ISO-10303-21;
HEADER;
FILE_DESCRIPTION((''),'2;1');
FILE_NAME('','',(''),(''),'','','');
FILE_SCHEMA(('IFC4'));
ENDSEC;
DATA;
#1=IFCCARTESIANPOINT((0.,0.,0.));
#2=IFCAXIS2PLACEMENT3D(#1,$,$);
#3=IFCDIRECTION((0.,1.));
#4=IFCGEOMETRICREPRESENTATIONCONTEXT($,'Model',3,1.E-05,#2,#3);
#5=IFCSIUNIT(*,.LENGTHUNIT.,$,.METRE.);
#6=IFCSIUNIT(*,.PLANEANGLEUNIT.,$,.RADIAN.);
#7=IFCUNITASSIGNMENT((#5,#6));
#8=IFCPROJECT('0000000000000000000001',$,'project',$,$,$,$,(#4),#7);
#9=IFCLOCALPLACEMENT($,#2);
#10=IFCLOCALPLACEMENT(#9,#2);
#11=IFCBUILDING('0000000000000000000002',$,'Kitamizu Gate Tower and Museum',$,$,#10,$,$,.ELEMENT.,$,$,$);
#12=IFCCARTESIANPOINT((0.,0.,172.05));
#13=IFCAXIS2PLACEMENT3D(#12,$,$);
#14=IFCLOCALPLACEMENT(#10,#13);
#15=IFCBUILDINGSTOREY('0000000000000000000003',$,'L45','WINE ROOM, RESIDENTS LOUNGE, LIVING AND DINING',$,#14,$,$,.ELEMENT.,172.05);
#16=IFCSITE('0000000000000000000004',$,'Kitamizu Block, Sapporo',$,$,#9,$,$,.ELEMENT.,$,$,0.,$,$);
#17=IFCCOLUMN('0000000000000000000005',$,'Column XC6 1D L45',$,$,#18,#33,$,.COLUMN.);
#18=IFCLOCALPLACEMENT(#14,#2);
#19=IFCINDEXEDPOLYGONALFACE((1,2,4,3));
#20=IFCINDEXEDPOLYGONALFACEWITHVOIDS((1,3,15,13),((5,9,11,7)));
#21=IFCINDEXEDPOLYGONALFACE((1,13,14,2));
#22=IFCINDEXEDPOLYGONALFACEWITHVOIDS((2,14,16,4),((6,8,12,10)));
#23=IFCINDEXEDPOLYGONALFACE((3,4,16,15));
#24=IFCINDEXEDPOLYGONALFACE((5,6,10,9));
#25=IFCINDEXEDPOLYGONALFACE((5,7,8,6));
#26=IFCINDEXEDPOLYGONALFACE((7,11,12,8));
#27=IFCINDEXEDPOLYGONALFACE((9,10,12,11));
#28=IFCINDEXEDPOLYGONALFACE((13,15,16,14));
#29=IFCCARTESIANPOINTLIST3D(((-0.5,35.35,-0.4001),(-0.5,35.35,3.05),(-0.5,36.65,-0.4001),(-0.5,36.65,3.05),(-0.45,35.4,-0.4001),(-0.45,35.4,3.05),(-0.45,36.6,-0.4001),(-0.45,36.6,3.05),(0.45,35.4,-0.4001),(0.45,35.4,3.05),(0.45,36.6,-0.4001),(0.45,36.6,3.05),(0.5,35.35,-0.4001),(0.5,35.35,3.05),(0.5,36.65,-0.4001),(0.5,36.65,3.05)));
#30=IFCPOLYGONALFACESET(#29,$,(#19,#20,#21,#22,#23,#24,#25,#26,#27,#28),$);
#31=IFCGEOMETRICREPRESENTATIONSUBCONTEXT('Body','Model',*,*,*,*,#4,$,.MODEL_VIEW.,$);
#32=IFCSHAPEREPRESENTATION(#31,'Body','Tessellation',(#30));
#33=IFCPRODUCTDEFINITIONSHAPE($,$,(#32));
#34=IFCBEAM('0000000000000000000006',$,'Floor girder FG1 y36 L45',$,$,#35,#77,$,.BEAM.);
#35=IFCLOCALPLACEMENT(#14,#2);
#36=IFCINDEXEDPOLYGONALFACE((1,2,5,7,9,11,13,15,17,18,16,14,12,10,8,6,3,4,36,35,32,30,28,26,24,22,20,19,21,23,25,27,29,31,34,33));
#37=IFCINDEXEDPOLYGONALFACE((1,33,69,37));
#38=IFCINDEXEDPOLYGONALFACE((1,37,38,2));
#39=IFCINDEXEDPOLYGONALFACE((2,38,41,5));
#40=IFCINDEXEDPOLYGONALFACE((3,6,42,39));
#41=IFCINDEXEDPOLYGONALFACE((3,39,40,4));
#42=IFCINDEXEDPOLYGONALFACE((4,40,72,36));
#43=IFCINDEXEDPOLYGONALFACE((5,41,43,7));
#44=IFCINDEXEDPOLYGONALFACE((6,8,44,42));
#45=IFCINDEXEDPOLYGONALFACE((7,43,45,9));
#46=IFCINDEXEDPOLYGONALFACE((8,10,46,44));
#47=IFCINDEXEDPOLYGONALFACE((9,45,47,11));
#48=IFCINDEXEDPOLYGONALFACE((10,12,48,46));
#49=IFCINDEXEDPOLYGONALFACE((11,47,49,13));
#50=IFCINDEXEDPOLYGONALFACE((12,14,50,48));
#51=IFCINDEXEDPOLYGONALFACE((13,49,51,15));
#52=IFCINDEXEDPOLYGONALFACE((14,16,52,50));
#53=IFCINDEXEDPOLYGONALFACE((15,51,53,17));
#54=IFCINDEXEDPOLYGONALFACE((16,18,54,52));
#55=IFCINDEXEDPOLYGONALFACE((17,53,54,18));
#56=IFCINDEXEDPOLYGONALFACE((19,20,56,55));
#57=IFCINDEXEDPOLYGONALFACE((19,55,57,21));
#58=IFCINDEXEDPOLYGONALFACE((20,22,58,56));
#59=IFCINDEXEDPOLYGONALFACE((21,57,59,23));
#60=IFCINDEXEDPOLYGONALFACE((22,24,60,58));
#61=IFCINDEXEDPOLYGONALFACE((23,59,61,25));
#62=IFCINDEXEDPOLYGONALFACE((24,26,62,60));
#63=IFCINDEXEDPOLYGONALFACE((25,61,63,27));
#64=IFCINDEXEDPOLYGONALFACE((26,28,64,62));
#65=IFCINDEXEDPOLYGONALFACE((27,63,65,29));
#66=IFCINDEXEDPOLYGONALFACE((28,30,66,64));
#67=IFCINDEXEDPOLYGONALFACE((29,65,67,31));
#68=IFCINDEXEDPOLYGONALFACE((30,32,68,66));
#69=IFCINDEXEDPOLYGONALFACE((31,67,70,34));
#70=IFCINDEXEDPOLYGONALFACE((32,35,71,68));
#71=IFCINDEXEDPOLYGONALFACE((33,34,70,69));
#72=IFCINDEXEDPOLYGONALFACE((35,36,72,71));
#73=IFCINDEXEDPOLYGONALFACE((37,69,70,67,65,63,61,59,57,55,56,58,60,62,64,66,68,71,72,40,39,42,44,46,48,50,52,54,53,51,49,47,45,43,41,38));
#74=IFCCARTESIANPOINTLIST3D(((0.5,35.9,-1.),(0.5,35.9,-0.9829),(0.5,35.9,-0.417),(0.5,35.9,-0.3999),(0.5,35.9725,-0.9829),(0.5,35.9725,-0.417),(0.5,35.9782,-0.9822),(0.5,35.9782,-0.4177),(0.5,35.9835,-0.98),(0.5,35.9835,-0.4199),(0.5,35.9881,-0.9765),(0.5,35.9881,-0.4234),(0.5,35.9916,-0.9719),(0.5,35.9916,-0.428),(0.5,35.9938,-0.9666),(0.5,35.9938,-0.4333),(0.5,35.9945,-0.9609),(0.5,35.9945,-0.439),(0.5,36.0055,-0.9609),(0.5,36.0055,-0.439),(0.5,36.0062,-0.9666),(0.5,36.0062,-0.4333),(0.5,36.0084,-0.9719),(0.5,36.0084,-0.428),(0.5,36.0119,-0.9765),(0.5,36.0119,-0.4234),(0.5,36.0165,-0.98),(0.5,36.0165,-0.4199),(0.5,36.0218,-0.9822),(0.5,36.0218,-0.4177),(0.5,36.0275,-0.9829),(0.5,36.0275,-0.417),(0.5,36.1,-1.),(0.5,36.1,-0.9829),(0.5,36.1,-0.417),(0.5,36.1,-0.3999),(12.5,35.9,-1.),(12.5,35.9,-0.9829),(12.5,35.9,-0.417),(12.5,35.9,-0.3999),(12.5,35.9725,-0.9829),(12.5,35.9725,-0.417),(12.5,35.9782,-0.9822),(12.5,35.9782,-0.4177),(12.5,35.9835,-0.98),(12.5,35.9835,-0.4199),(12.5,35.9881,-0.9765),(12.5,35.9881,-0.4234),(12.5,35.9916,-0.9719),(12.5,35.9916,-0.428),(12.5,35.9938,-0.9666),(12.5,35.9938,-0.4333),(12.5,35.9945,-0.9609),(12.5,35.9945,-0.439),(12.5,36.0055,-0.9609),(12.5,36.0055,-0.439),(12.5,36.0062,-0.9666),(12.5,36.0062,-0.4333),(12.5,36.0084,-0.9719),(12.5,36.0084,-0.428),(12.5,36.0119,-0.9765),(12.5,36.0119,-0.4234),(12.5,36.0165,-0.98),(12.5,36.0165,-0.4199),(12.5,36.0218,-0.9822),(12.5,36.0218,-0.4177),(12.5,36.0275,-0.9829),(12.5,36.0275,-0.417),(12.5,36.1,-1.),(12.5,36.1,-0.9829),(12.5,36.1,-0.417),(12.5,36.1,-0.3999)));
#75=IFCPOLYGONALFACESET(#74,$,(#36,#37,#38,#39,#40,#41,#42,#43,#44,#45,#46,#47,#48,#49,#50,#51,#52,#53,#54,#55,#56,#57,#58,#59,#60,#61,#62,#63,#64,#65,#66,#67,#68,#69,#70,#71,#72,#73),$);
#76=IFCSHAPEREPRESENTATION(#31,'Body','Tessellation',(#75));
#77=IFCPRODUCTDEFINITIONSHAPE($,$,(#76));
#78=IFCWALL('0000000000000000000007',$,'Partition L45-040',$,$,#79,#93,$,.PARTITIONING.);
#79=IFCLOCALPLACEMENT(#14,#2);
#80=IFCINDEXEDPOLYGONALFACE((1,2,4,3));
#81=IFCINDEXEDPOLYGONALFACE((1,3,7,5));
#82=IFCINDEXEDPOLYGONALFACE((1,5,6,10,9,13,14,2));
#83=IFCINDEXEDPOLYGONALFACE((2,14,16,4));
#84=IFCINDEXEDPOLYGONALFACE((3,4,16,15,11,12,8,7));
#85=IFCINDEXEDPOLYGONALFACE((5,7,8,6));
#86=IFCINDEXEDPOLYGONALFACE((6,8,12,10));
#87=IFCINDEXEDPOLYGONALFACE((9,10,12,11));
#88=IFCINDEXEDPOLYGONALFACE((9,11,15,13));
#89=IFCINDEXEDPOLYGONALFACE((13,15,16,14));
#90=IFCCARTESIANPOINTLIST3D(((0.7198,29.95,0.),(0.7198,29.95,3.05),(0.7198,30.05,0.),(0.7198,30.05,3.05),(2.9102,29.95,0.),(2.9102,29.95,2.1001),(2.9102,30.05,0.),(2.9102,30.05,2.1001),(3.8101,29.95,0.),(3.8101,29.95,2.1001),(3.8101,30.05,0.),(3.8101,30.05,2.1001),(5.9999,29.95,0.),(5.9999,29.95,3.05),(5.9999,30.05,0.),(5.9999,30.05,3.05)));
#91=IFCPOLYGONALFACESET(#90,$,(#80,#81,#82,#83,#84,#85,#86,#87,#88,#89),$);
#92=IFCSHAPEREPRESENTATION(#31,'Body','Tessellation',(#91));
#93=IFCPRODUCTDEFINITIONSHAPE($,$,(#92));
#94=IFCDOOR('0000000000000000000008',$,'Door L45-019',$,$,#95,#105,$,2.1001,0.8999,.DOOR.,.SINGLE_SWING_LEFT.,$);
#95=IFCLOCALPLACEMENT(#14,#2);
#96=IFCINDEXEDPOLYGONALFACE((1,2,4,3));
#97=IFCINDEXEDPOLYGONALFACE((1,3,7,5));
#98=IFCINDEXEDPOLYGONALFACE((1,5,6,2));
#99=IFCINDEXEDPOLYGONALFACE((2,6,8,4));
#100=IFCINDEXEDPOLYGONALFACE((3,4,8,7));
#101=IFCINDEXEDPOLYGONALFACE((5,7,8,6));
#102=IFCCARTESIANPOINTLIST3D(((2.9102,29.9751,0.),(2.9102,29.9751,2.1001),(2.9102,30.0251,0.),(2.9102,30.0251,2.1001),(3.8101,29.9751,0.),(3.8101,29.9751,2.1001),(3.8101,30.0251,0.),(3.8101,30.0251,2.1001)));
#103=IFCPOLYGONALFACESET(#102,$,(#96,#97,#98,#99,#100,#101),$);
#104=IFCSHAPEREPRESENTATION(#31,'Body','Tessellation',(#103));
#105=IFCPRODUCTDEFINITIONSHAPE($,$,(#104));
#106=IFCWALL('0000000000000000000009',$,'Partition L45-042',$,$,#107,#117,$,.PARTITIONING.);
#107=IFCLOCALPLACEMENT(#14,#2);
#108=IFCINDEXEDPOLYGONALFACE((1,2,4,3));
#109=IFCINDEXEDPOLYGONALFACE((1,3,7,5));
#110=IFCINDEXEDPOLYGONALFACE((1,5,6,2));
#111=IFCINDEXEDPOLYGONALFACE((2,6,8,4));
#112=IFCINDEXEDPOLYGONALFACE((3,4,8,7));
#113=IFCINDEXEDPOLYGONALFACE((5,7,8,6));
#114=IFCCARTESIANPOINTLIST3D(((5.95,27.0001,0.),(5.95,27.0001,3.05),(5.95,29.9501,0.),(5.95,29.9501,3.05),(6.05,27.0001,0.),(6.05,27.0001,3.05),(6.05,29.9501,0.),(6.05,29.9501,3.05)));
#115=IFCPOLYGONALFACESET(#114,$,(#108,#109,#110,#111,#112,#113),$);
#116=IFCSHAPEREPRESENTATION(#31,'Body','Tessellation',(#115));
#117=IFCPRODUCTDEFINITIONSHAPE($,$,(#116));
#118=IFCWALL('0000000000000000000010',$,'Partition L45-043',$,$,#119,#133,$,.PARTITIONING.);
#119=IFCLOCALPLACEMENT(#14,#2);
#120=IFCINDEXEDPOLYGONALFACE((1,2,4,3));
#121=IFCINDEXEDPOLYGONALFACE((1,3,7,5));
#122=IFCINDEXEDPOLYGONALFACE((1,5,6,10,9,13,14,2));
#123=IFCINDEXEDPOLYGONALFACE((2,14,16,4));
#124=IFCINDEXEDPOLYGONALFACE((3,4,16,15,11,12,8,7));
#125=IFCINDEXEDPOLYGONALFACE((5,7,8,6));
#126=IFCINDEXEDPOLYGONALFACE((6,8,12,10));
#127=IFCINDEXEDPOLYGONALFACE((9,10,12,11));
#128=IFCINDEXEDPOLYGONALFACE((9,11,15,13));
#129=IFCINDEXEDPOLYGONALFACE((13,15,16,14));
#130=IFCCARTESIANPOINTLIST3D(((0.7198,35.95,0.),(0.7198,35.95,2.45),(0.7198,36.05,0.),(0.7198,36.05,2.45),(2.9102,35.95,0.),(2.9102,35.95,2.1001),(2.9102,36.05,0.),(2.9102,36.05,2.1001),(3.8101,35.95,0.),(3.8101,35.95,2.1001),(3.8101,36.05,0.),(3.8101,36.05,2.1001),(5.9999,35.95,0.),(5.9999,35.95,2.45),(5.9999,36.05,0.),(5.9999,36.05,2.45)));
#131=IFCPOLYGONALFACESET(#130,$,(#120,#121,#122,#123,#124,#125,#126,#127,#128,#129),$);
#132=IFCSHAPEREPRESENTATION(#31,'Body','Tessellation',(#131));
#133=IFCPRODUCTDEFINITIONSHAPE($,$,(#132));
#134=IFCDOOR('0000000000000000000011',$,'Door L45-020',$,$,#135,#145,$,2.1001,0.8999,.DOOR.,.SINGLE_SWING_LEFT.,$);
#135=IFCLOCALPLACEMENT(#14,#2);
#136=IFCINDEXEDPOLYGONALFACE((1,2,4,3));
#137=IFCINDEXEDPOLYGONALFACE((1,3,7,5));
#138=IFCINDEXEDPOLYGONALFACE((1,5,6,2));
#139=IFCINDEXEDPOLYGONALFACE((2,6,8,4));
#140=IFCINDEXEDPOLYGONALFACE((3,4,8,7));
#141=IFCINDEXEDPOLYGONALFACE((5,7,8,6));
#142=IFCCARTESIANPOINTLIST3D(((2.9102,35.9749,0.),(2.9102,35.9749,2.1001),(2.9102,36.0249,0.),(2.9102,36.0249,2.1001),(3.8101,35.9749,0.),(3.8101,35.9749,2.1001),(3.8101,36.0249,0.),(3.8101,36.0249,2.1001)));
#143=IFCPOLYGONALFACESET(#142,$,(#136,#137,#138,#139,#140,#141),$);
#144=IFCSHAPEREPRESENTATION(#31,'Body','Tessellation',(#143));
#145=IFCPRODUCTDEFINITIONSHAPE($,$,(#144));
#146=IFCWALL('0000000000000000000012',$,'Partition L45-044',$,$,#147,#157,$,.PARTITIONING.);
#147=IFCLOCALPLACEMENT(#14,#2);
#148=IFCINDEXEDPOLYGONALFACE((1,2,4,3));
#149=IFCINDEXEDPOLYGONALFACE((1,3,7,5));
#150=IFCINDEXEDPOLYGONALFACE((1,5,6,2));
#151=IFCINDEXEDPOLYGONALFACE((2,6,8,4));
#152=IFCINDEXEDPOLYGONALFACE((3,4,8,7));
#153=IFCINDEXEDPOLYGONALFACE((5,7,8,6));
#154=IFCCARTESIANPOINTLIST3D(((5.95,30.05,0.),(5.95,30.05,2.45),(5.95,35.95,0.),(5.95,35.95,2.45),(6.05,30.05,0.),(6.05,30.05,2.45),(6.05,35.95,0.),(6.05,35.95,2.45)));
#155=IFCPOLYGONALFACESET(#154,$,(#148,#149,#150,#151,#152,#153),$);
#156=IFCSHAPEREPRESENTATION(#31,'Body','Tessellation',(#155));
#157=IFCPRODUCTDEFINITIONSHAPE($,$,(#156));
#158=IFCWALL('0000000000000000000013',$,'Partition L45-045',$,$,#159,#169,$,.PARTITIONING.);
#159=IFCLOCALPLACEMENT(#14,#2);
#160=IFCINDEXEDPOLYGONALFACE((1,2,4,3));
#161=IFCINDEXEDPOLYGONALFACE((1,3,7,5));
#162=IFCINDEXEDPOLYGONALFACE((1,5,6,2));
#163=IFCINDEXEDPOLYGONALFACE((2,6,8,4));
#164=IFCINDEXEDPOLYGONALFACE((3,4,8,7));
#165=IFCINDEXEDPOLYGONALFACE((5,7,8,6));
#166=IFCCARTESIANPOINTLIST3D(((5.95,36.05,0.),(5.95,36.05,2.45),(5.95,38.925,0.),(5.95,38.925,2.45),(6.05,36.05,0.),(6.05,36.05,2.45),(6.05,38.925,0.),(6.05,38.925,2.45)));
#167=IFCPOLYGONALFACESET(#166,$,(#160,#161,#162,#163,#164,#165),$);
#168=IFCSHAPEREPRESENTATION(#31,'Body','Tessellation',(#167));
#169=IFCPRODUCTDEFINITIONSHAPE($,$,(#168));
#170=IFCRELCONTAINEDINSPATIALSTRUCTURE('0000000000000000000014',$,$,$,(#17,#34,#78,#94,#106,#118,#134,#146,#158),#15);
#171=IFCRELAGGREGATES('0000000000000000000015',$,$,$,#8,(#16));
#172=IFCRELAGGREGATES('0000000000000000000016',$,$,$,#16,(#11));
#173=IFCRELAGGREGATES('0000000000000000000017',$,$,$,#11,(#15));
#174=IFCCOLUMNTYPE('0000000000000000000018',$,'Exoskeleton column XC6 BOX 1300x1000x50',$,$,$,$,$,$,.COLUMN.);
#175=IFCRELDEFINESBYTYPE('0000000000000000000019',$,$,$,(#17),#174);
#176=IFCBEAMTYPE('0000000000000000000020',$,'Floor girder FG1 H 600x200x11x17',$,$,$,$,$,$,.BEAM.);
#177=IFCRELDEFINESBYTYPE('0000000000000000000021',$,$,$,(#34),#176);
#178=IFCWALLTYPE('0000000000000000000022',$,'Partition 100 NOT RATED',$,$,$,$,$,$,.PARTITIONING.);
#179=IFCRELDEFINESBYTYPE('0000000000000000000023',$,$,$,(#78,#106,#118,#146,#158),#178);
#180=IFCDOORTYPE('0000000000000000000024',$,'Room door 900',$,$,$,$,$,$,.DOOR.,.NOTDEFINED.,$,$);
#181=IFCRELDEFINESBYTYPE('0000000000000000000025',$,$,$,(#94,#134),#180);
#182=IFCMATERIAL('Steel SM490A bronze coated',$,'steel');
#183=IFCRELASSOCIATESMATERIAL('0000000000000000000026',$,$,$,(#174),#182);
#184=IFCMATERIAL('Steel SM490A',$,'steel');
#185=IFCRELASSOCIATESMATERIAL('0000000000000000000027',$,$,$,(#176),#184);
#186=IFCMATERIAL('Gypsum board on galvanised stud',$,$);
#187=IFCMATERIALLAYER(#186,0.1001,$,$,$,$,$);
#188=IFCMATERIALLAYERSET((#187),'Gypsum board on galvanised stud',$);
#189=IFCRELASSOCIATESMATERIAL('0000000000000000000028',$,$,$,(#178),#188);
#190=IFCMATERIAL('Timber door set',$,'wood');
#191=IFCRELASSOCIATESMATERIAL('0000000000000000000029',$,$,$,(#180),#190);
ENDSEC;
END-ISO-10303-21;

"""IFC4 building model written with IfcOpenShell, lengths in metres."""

from ifc_helpers import new_model, si_unit, direction, frame, frame_2d, origin, origin_2d, place, context, subcontext, project, spatial, rectangle, hollow_rectangle, i_section, extrude, material, layer, layer_set, material_profile, profile_set, type_object, element, fill, save


model = new_model("IFC4")

# Units and contexts
model_context = context("Model", 3, precision=1e-05, world=origin(), true_north=direction((0.0, 1.0)))
body_context = subcontext(model_context, "Body", "Model", "MODEL_VIEW")
ifc_project = project(units=[si_unit("LENGTHUNIT", "METRE"), si_unit("PLANEANGLEUNIT", "RADIAN")], contexts=[model_context])

# Site, building, storey
site_placement = place(None, origin())
site = spatial("IfcSite", under=ifc_project, at=site_placement, Name="Kitamizu Block, Sapporo", CompositionType="ELEMENT", RefElevation=0.0)
building_placement = place(site_placement, origin())
building = spatial("IfcBuilding", under=site, at=building_placement, Name="Kitamizu Gate Tower and Museum", CompositionType="ELEMENT")
storey_placement = place(building_placement, frame((0.0, 0.0, 172.05)))
storey = spatial("IfcBuildingStorey", under=building, at=storey_placement, Name="L45", Description="WINE ROOM, RESIDENTS LOUNGE, LIVING AND DINING", CompositionType="ELEMENT", Elevation=172.05)

# Column
ifc_material_1 = material(Name="Steel SM490A bronze coated", Category="steel")
ifc_material_profile_1 = material_profile(ifc_material_1, hollow_rectangle(XDim=1.3, YDim=1.0, WallThickness=0.05, at=origin_2d()), Name="BOX 1300x1000x50")
ifc_profile_set_1 = profile_set([ifc_material_profile_1], Name="Steel SM490A bronze coated")
column_type = type_object("IfcColumnType", Name="Exoskeleton column XC6 BOX 1300x1000x50", PredefinedType="COLUMN", material=ifc_profile_set_1)
column_placement = place(storey_placement, frame((0.0, 36.0, -0.4001), z_axis=(0.0, 0.0, 1.0), x_axis=(0.0, 1.0, 0.0)))
element("IfcColumn", 1, at=column_placement, inside=storey, type_object=column_type, Name="Column XC6 1D L45", PredefinedType="COLUMN", context=body_context, shape_type="SweptSolid", body=[
    extrude(hollow_rectangle(XDim=1.3, YDim=1.0, WallThickness=0.05, at=origin_2d()), origin(), (0.0, 0.0, 1.0), 3.4502),
])

# Beam
ifc_material_2 = material(Name="Steel SM490A", Category="steel")
ifc_material_profile_2 = material_profile(ifc_material_2, i_section(OverallWidth=0.2, OverallDepth=0.6001, WebThickness=0.011, FlangeThickness=0.0171, FilletRadius=0.022, at=origin_2d()), Name="H-600x200x11x17")
ifc_profile_set_2 = profile_set([ifc_material_profile_2], Name="Steel SM490A")
beam_type = type_object("IfcBeamType", Name="Floor girder FG1 H 600x200x11x17", PredefinedType="BEAM", material=ifc_profile_set_2)
beam_placement = place(storey_placement, frame((0.5, 36.0, -0.7), z_axis=(1.0, 0.0, 0.0), x_axis=(0.0, 1.0, 0.0)))
element("IfcBeam", 2, at=beam_placement, inside=storey, type_object=beam_type, Name="Floor girder FG1 y36 L45", PredefinedType="BEAM", context=body_context, shape_type="SweptSolid", body=[
    extrude(i_section(OverallWidth=0.2, OverallDepth=0.6001, WebThickness=0.011, FlangeThickness=0.0171, FilletRadius=0.022, at=origin_2d()), origin(), (0.0, 0.0, 1.0), 12.0),
])

# Wall, opening, door
ifc_material_3 = material(Name="Gypsum board on galvanised stud")
ifc_layer_1 = layer(ifc_material_3, 0.1001)
ifc_layer_set_1 = layer_set([ifc_layer_1], Name="Gypsum board on galvanised stud")
wall_type_1 = type_object("IfcWallType", Name="Partition 100 NOT RATED", PredefinedType="PARTITIONING", material=ifc_layer_set_1)
wall_1_placement = place(storey_placement, frame((6.0, 30.0, 0.0), z_axis=(0.0, 0.0, 1.0), x_axis=(-1.0, 0.0, 0.0)))
wall_1 = element("IfcWall", 3, at=wall_1_placement, inside=storey, type_object=wall_type_1, Name="Partition L45-040", PredefinedType="PARTITIONING", context=body_context, shape_type="SweptSolid", body=[
    extrude(rectangle(XDim=5.28, YDim=0.1001, at=frame_2d((2.6401, 0.0))), origin(), (0.0, 0.0, 1.0), 3.05),
])
opening_1_placement = place(wall_1_placement, frame((2.1899, 0.0, 0.0)))
opening_1 = element("IfcOpeningElement", 4, at=opening_1_placement, cuts=wall_1, PredefinedType="OPENING", context=body_context, shape_type="SweptSolid", body=[
    extrude(rectangle(XDim=0.8999, YDim=2.1001, at=frame_2d((0.45, 1.05))), frame((0.0, 0.0601, 0.0), z_axis=(0.0, -1.0, 0.0), x_axis=(1.0, 0.0, 0.0)), (0.0, 0.0, 1.0), 0.1201),
])
ifc_material_4 = material(Name="Timber door set", Category="wood")
door_type = type_object("IfcDoorType", Name="Room door 900", OperationType="NOTDEFINED", PredefinedType="DOOR", material=ifc_material_4)
door_1_placement = place(opening_1_placement, origin())
door_1 = element("IfcDoor", 5, at=door_1_placement, inside=storey, type_object=door_type, Name="Door L45-019", OperationType="SINGLE_SWING_LEFT", OverallHeight=2.1001, OverallWidth=0.8999, PredefinedType="DOOR", context=body_context, shape_type="SweptSolid", body=[
    extrude(rectangle(XDim=0.8999, YDim=2.1001, at=frame_2d((0.45, 1.05))), frame((0.0, 0.0249, 0.0), z_axis=(0.0, -1.0, 0.0), x_axis=(1.0, 0.0, 0.0)), (0.0, 0.0, 1.0), 0.05),
])
fill(opening_1, door_1)

# Wall
wall_2_placement = place(storey_placement, frame((6.0, 27.0, 0.0), z_axis=(0.0, 0.0, 1.0), x_axis=(0.0, 1.0, 0.0)))
element("IfcWall", 6, at=wall_2_placement, inside=storey, type_object=wall_type_1, Name="Partition L45-042", PredefinedType="PARTITIONING", context=body_context, shape_type="SweptSolid", body=[
    extrude(rectangle(XDim=2.95, YDim=0.1001, at=frame_2d((1.4751, 0.0))), origin(), (0.0, 0.0, 1.0), 3.05),
])

# Wall, opening, door
wall_3_placement = place(storey_placement, frame((6.0, 36.0, 0.0), z_axis=(0.0, 0.0, 1.0), x_axis=(-1.0, 0.0, 0.0)))
wall_3 = element("IfcWall", 7, at=wall_3_placement, inside=storey, type_object=wall_type_1, Name="Partition L45-043", PredefinedType="PARTITIONING", context=body_context, shape_type="SweptSolid", body=[
    extrude(rectangle(XDim=5.28, YDim=0.1001, at=frame_2d((2.6401, 0.0))), origin(), (0.0, 0.0, 1.0), 2.45),
])
opening_2_placement = place(wall_3_placement, frame((2.1899, 0.0, 0.0)))
opening_2 = element("IfcOpeningElement", 8, at=opening_2_placement, cuts=wall_3, PredefinedType="OPENING", context=body_context, shape_type="SweptSolid", body=[
    extrude(rectangle(XDim=0.8999, YDim=2.1001, at=frame_2d((0.45, 1.05))), frame((0.0, 0.0601, 0.0), z_axis=(0.0, -1.0, 0.0), x_axis=(1.0, 0.0, 0.0)), (0.0, 0.0, 1.0), 0.1201),
])
door_2_placement = place(opening_2_placement, frame((0.8999, 0.0, 0.0), x_axis=(-1.0, 0.0, 0.0)))
door_2 = element("IfcDoor", 9, at=door_2_placement, inside=storey, type_object=door_type, Name="Door L45-020", OperationType="SINGLE_SWING_LEFT", OverallHeight=2.1001, OverallWidth=0.8999, PredefinedType="DOOR", context=body_context, shape_type="SweptSolid", body=[
    extrude(rectangle(XDim=0.8999, YDim=2.1001, at=frame_2d((0.45, 1.05))), frame((0.0, 0.0249, 0.0), z_axis=(0.0, -1.0, 0.0), x_axis=(1.0, 0.0, 0.0)), (0.0, 0.0, 1.0), 0.05),
])
fill(opening_2, door_2)

# Walls
wall_4_placement = place(storey_placement, frame((6.0, 30.05, 0.0), z_axis=(0.0, 0.0, 1.0), x_axis=(0.0, 1.0, 0.0)))
element("IfcWall", 10, at=wall_4_placement, inside=storey, type_object=wall_type_1, Name="Partition L45-044", PredefinedType="PARTITIONING", context=body_context, shape_type="SweptSolid", body=[
    extrude(rectangle(XDim=5.8999, YDim=0.1001, at=frame_2d((2.95, 0.0))), origin(), (0.0, 0.0, 1.0), 2.45),
])
wall_5_placement = place(storey_placement, frame((6.0, 36.05, 0.0), z_axis=(0.0, 0.0, 1.0), x_axis=(0.0, 1.0, 0.0)))
element("IfcWall", 11, at=wall_5_placement, inside=storey, type_object=wall_type_1, Name="Partition L45-045", PredefinedType="PARTITIONING", context=body_context, shape_type="SweptSolid", body=[
    extrude(rectangle(XDim=2.875, YDim=0.1001, at=frame_2d((1.4375, 0.0))), origin(), (0.0, 0.0, 1.0), 2.45),
])

save(model, "model.ifc")
